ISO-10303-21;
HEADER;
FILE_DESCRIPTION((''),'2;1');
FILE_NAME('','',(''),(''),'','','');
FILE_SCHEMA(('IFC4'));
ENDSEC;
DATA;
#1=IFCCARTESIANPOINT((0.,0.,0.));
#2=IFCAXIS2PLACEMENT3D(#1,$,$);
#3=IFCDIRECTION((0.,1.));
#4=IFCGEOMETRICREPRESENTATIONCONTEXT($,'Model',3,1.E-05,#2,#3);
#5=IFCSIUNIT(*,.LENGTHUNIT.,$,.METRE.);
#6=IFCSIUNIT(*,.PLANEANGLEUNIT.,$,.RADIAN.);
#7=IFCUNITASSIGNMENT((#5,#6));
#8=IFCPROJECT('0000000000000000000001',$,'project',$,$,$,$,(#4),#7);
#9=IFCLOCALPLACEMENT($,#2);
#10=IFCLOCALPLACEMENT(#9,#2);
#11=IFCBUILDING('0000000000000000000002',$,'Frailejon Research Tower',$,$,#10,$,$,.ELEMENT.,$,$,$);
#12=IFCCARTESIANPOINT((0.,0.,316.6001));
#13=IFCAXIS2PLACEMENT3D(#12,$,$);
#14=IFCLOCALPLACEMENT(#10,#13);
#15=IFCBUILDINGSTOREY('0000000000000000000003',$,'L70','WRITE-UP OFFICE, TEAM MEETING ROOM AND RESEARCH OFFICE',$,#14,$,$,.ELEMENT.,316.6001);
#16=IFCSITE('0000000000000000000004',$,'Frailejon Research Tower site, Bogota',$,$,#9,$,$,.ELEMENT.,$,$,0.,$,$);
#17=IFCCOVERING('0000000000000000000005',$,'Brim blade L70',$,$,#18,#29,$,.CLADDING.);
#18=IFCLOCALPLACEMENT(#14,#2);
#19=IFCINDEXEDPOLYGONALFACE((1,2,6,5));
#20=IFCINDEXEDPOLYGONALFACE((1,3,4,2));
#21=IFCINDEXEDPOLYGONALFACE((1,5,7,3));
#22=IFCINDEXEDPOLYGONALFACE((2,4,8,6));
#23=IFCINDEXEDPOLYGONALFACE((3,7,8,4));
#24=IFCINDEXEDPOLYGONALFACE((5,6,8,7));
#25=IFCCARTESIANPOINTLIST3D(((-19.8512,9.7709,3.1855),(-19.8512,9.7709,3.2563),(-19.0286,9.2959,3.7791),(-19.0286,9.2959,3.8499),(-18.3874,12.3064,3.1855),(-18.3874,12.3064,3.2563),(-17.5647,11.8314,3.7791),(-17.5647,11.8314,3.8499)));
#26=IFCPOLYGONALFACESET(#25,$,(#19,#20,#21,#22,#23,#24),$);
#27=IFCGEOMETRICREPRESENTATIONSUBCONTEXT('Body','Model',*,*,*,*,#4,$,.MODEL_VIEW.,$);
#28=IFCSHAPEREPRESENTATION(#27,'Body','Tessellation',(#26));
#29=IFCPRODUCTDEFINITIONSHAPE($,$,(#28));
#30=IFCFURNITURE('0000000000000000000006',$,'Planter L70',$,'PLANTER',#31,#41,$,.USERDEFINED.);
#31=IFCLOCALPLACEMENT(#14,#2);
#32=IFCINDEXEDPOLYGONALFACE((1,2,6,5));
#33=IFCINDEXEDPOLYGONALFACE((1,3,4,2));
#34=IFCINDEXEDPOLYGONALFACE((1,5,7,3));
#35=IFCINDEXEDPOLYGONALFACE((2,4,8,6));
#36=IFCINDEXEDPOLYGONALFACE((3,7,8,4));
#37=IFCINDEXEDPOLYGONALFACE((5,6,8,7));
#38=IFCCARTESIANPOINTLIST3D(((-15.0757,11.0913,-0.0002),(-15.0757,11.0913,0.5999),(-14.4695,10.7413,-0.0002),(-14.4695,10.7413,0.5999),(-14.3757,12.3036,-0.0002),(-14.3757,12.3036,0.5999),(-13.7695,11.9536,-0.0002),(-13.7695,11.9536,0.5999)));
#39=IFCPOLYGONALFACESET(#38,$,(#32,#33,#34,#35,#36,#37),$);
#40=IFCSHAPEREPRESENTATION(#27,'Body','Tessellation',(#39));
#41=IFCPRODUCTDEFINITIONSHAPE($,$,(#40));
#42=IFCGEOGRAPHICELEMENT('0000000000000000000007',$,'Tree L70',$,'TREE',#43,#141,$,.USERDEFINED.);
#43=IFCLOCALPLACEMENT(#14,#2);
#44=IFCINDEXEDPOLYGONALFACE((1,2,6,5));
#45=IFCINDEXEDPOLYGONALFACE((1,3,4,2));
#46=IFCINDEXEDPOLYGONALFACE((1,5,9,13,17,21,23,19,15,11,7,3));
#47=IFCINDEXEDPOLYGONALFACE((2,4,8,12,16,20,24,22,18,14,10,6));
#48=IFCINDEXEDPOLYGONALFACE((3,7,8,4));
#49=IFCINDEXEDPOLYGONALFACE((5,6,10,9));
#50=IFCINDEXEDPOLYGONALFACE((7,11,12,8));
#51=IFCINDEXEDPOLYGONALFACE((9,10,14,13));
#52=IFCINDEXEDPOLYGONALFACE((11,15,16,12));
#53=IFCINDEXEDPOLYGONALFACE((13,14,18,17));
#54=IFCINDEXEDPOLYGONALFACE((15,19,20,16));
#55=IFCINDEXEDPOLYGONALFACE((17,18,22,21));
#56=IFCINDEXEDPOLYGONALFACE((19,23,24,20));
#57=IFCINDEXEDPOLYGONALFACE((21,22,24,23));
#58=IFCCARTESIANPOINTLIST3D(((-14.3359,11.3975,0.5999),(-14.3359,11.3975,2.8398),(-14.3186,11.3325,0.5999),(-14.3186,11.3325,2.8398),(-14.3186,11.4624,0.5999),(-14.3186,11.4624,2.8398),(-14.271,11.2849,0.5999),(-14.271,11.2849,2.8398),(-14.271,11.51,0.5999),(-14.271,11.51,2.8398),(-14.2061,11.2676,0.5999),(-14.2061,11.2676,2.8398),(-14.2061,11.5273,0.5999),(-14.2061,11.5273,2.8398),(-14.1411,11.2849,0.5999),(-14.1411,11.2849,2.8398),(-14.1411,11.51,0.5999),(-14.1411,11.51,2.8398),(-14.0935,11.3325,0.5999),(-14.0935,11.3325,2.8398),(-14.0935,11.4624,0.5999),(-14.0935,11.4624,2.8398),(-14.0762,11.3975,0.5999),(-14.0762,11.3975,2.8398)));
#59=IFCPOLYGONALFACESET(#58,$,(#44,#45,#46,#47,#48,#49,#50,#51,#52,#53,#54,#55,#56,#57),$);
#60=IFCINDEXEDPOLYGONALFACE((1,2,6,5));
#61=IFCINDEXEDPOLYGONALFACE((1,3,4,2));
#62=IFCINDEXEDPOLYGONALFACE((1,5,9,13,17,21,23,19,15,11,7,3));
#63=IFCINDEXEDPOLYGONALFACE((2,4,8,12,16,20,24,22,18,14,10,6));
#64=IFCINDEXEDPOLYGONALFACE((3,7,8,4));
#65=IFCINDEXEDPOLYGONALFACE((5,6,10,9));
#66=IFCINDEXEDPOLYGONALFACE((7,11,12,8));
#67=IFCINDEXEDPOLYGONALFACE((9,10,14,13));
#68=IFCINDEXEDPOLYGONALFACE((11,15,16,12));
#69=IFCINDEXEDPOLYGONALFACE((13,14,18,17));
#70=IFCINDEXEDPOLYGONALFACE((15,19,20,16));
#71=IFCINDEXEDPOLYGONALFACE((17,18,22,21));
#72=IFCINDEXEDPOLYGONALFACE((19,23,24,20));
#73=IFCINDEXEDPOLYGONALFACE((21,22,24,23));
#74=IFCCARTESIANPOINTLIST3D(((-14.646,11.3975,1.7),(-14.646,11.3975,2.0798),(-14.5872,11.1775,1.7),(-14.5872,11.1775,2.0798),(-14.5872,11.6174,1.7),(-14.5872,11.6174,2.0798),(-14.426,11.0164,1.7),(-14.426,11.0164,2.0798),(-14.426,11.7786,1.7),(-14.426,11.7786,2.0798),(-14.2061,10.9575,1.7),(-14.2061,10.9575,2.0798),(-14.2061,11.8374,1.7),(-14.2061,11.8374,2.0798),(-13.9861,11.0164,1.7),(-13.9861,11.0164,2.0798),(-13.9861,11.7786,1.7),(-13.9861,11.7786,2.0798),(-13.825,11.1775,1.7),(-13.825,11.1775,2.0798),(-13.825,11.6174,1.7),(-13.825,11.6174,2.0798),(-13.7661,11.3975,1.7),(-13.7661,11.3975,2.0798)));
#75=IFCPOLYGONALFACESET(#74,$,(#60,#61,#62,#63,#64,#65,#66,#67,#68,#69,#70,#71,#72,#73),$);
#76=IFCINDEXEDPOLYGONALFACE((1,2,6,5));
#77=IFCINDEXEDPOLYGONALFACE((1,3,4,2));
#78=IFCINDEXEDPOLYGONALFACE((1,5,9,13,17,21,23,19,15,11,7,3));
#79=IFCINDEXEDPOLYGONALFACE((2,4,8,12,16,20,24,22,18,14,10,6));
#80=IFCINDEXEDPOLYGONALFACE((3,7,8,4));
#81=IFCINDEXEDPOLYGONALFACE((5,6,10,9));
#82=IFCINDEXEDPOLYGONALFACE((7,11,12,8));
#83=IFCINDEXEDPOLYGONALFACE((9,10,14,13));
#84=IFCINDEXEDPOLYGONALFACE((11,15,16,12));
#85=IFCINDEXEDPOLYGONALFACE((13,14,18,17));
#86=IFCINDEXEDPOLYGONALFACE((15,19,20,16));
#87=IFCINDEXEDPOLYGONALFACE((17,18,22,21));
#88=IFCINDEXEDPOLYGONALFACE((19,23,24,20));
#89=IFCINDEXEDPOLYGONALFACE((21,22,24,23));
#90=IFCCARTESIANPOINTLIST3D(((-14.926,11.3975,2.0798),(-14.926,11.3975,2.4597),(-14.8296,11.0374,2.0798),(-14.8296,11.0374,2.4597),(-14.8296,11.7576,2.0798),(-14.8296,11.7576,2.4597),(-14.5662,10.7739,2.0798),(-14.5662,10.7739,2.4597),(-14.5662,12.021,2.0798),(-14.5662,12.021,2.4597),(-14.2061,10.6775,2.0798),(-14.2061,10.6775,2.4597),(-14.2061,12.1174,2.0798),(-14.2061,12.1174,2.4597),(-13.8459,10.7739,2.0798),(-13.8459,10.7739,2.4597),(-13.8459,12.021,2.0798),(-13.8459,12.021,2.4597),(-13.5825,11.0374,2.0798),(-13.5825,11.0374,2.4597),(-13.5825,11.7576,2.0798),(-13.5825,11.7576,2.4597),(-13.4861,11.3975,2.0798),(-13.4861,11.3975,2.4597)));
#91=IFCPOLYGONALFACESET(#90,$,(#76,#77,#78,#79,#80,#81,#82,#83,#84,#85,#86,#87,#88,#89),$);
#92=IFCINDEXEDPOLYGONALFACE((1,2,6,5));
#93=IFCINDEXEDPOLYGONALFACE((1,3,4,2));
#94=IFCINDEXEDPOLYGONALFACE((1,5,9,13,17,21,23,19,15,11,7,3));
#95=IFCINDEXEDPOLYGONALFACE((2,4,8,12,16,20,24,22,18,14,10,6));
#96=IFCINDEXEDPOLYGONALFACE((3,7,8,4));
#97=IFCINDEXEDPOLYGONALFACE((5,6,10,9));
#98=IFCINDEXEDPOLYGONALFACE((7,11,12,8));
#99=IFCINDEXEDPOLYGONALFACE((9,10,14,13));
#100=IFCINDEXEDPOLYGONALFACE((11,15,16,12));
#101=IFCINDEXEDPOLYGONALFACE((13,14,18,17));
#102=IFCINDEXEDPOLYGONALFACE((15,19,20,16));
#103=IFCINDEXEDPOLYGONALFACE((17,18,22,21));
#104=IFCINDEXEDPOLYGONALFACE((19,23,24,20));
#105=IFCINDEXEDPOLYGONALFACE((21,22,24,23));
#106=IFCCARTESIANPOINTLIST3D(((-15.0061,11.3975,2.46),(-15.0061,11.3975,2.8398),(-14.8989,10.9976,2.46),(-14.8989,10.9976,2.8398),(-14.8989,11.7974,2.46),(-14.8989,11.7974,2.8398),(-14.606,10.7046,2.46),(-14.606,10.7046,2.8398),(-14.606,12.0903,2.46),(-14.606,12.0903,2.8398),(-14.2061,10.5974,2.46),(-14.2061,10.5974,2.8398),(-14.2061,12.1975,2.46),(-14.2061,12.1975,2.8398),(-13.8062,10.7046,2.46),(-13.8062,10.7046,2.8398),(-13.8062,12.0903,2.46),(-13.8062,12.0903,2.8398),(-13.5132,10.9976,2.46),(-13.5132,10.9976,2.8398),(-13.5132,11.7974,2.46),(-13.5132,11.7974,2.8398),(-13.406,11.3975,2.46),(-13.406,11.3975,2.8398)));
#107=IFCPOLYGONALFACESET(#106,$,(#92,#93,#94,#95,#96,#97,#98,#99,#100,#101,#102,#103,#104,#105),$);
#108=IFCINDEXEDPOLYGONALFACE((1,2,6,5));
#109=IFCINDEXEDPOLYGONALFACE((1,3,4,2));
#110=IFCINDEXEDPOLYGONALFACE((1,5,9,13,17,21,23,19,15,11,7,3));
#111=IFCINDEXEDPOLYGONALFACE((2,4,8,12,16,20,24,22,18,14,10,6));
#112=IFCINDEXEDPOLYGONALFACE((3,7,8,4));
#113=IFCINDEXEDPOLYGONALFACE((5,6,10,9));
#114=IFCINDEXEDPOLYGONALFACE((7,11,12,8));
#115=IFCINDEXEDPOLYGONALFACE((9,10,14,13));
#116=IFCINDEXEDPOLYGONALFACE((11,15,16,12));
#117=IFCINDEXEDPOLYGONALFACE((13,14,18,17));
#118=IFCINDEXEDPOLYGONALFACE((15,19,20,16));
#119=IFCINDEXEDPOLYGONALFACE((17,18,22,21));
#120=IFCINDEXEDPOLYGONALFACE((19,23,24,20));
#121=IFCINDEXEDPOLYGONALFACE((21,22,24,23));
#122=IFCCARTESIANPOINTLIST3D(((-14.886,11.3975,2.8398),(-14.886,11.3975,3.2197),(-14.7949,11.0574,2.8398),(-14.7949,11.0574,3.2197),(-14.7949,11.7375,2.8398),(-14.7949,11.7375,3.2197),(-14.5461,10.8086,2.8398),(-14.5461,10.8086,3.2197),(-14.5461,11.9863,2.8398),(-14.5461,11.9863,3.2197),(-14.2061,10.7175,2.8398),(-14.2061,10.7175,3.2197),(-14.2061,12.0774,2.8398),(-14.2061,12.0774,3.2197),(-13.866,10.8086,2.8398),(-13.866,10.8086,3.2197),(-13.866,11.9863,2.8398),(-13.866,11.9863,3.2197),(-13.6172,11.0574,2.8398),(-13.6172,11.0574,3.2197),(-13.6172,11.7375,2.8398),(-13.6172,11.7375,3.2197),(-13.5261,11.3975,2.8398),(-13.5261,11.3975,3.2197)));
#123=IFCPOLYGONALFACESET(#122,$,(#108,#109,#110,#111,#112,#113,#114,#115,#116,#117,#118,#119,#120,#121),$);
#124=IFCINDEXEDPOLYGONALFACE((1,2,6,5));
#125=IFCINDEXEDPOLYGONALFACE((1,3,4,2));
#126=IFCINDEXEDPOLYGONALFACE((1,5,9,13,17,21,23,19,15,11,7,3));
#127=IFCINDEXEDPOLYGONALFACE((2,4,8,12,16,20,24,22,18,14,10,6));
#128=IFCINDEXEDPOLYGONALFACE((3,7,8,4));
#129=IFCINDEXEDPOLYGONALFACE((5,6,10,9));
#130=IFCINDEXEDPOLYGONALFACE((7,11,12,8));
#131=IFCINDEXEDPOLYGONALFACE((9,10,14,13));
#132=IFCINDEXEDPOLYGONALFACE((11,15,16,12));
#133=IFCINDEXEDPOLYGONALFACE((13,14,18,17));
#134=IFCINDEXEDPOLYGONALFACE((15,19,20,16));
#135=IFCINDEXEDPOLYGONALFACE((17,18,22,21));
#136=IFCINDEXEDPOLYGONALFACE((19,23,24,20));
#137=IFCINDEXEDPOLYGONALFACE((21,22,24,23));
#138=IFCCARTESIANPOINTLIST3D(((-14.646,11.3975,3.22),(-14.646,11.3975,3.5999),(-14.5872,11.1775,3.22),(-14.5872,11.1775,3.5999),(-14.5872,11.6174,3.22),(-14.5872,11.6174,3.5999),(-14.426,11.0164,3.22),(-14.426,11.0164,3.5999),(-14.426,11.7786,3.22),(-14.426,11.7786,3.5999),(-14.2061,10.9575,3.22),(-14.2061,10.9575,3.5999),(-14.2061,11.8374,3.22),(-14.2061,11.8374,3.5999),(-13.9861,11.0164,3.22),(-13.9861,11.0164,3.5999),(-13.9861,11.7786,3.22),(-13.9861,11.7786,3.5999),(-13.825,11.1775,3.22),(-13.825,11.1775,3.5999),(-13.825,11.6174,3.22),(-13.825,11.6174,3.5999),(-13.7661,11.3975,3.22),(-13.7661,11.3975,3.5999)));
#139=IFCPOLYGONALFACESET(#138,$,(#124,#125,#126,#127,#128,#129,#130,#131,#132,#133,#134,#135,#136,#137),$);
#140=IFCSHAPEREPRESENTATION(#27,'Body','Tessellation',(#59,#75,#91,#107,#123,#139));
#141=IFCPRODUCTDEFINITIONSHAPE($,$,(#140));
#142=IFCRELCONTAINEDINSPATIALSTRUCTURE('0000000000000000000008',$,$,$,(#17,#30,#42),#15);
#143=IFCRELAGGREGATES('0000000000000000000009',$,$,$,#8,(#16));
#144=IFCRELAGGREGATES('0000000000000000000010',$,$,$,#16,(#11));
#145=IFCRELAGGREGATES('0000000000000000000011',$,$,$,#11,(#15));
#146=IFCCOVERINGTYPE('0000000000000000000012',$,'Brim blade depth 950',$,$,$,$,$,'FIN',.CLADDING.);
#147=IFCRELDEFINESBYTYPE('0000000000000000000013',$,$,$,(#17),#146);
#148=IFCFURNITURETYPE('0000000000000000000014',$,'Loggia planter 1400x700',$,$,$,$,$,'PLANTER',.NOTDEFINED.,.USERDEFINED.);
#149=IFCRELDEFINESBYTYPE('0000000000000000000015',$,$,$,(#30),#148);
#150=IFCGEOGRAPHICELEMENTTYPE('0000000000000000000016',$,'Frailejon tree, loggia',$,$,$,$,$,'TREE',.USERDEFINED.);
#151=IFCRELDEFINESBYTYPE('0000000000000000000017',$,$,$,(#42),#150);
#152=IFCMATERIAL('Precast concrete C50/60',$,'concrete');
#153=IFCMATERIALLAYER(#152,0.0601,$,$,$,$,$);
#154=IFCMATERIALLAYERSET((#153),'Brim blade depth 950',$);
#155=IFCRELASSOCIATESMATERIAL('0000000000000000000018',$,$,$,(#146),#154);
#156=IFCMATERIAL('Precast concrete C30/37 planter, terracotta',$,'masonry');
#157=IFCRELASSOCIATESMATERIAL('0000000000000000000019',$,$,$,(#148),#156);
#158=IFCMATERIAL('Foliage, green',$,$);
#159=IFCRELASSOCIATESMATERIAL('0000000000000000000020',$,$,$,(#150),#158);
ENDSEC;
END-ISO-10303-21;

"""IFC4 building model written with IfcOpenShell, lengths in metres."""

from ifc_helpers import new_model, si_unit, direction, frame, origin, origin_2d, place, context, subcontext, project, spatial, polyline, rectangle, outline, extrude, material, layer, layer_set, type_object, element, save


model = new_model("IFC4")

# Units and contexts
model_context = context("Model", 3, precision=1e-05, world=origin(), true_north=direction((0.0, 1.0)))
body_context = subcontext(model_context, "Body", "Model", "MODEL_VIEW")
ifc_project = project(units=[si_unit("LENGTHUNIT", "METRE"), si_unit("PLANEANGLEUNIT", "RADIAN")], contexts=[model_context])

# Site, building, storey
site_placement = place(None, origin())
site = spatial("IfcSite", under=ifc_project, at=site_placement, Name="Frailejon Research Tower site, Bogota", CompositionType="ELEMENT", RefElevation=0.0)
building_placement = place(site_placement, origin())
building = spatial("IfcBuilding", under=site, at=building_placement, Name="Frailejon Research Tower", CompositionType="ELEMENT")
storey_placement = place(building_placement, frame((0.0, 0.0, 316.6001)))
storey = spatial("IfcBuildingStorey", under=building, at=storey_placement, Name="L70", Description="WRITE-UP OFFICE, TEAM MEETING ROOM AND RESEARCH OFFICE", CompositionType="ELEMENT", Elevation=316.6001)

# Covering
ifc_material_1 = material(Name="Precast concrete C50/60", Category="concrete")
ifc_layer_1 = layer(ifc_material_1, 0.0601)
ifc_layer_set_1 = layer_set([ifc_layer_1], Name="Brim blade depth 950")
covering_type_1 = type_object("IfcCoveringType", Name="Brim blade depth 950", ElementType="FIN", PredefinedType="CLADDING", material=ifc_layer_set_1)
covering_1_placement = place(storey_placement, frame((-19.0286, 9.2959, 3.8499), z_axis=(0.500007, 0.866021, 0.0), x_axis=(-0.866021, 0.500007, 0.0)))
element("IfcCovering", 1, at=covering_1_placement, inside=storey, type_object=covering_type_1, Name="Brim blade L70", PredefinedType="CLADDING", context=body_context, shape_type="SweptSolid", body=[
    extrude(outline(polyline([(0.0, -0.0708), (0.95, -0.6643), (0.95, -0.5935), (0.0, 0.0), (0.0, -0.0708)])), origin(), (0.0, 0.0, 1.0), 2.9277),
])

# Furniture
ifc_material_2 = material(Name="Precast concrete C30/37 planter, terracotta", Category="masonry")
furniture_type = type_object("IfcFurnitureType", Name="Loggia planter 1400x700", ElementType="PLANTER", AssemblyPlace="NOTDEFINED", PredefinedType="USERDEFINED", material=ifc_material_2)
furniture_placement = place(storey_placement, frame((-14.4226, 11.5225, -0.0002), z_axis=(0.0, 0.0, 1.0), x_axis=(-0.5, -0.866025, 0.0)))
element("IfcFurniture", 2, at=furniture_placement, inside=storey, type_object=furniture_type, Name="Planter L70", ObjectType="PLANTER", PredefinedType="USERDEFINED", context=body_context, shape_type="SweptSolid", body=[
    extrude(rectangle(XDim=1.3999, YDim=0.7, at=origin_2d()), origin(), (0.0, 0.0, 1.0), 0.6001),
])

# Geographic element
ifc_material_3 = material(Name="Foliage, green")
geographic_element_type = type_object("IfcGeographicElementType", Name="Frailejon tree, loggia", ElementType="TREE", PredefinedType="USERDEFINED", material=ifc_material_3)
geographic_element_placement = place(storey_placement, frame((-14.2061, 11.3975, 0.5999)))
element("IfcGeographicElement", 3, at=geographic_element_placement, inside=storey, type_object=geographic_element_type, Name="Tree L70", ObjectType="TREE", PredefinedType="USERDEFINED", context=body_context, shape_type="SweptSolid", body=[
    extrude(outline(polyline([(0.1299, 0.0), (0.1125, 0.0649), (0.0649, 0.1125), (0.0, 0.1299), (-0.0649, 0.1125), (-0.1125, 0.0649), (-0.1299, 0.0), (-0.1125, -0.0649), (-0.0649, -0.1125), (0.0, -0.1299), (0.0649, -0.1125), (0.1125, -0.0649), (0.1299, 0.0)])), origin(), (0.0, 0.0, 1.0), 2.24),
    extrude(outline(polyline([(0.4399, 0.0), (0.3811, 0.22), (0.22, 0.3811), (0.0, 0.4399), (-0.22, 0.3811), (-0.3811, 0.22), (-0.4399, 0.0), (-0.3811, -0.22), (-0.22, -0.3811), (0.0, -0.4399), (0.22, -0.3811), (0.3811, -0.22), (0.4399, 0.0)])), frame((0.0, 0.0, 1.1001)), (0.0, 0.0, 1.0), 0.3799),
    extrude(outline(polyline([(0.72, 0.0), (0.6235, 0.3601), (0.3601, 0.6235), (0.0, 0.72), (-0.3601, 0.6235), (-0.6235, 0.3601), (-0.72, 0.0), (-0.6235, -0.3601), (-0.3601, -0.6235), (0.0, -0.72), (0.3601, -0.6235), (0.6235, -0.3601), (0.72, 0.0)])), frame((0.0, 0.0, 1.48)), (0.0, 0.0, 1.0), 0.3799),
    extrude(outline(polyline([(0.8, 0.0), (0.6929, 0.3999), (0.3999, 0.6929), (0.0, 0.8), (-0.3999, 0.6929), (-0.6929, 0.3999), (-0.8, 0.0), (-0.6929, -0.3999), (-0.3999, -0.6929), (0.0, -0.8), (0.3999, -0.6929), (0.6929, -0.3999), (0.8, 0.0)])), frame((0.0, 0.0, 1.8601)), (0.0, 0.0, 1.0), 0.3799),
    extrude(outline(polyline([(0.6799, 0.0), (0.5889, 0.3401), (0.3401, 0.5889), (0.0, 0.6799), (-0.3401, 0.5889), (-0.5889, 0.3401), (-0.6799, 0.0), (-0.5889, -0.3401), (-0.3401, -0.5889), (0.0, -0.6799), (0.3401, -0.5889), (0.5889, -0.3401), (0.6799, 0.0)])), frame((0.0, 0.0, 2.24)), (0.0, 0.0, 1.0), 0.3799),
    extrude(outline(polyline([(0.4399, 0.0), (0.3811, 0.22), (0.22, 0.3811), (0.0, 0.4399), (-0.22, 0.3811), (-0.3811, 0.22), (-0.4399, 0.0), (-0.3811, -0.22), (-0.22, -0.3811), (0.0, -0.4399), (0.22, -0.3811), (0.3811, -0.22), (0.4399, 0.0)])), frame((0.0, 0.0, 2.6201)), (0.0, 0.0, 1.0), 0.3799),
])

save(model, "model.ifc")
